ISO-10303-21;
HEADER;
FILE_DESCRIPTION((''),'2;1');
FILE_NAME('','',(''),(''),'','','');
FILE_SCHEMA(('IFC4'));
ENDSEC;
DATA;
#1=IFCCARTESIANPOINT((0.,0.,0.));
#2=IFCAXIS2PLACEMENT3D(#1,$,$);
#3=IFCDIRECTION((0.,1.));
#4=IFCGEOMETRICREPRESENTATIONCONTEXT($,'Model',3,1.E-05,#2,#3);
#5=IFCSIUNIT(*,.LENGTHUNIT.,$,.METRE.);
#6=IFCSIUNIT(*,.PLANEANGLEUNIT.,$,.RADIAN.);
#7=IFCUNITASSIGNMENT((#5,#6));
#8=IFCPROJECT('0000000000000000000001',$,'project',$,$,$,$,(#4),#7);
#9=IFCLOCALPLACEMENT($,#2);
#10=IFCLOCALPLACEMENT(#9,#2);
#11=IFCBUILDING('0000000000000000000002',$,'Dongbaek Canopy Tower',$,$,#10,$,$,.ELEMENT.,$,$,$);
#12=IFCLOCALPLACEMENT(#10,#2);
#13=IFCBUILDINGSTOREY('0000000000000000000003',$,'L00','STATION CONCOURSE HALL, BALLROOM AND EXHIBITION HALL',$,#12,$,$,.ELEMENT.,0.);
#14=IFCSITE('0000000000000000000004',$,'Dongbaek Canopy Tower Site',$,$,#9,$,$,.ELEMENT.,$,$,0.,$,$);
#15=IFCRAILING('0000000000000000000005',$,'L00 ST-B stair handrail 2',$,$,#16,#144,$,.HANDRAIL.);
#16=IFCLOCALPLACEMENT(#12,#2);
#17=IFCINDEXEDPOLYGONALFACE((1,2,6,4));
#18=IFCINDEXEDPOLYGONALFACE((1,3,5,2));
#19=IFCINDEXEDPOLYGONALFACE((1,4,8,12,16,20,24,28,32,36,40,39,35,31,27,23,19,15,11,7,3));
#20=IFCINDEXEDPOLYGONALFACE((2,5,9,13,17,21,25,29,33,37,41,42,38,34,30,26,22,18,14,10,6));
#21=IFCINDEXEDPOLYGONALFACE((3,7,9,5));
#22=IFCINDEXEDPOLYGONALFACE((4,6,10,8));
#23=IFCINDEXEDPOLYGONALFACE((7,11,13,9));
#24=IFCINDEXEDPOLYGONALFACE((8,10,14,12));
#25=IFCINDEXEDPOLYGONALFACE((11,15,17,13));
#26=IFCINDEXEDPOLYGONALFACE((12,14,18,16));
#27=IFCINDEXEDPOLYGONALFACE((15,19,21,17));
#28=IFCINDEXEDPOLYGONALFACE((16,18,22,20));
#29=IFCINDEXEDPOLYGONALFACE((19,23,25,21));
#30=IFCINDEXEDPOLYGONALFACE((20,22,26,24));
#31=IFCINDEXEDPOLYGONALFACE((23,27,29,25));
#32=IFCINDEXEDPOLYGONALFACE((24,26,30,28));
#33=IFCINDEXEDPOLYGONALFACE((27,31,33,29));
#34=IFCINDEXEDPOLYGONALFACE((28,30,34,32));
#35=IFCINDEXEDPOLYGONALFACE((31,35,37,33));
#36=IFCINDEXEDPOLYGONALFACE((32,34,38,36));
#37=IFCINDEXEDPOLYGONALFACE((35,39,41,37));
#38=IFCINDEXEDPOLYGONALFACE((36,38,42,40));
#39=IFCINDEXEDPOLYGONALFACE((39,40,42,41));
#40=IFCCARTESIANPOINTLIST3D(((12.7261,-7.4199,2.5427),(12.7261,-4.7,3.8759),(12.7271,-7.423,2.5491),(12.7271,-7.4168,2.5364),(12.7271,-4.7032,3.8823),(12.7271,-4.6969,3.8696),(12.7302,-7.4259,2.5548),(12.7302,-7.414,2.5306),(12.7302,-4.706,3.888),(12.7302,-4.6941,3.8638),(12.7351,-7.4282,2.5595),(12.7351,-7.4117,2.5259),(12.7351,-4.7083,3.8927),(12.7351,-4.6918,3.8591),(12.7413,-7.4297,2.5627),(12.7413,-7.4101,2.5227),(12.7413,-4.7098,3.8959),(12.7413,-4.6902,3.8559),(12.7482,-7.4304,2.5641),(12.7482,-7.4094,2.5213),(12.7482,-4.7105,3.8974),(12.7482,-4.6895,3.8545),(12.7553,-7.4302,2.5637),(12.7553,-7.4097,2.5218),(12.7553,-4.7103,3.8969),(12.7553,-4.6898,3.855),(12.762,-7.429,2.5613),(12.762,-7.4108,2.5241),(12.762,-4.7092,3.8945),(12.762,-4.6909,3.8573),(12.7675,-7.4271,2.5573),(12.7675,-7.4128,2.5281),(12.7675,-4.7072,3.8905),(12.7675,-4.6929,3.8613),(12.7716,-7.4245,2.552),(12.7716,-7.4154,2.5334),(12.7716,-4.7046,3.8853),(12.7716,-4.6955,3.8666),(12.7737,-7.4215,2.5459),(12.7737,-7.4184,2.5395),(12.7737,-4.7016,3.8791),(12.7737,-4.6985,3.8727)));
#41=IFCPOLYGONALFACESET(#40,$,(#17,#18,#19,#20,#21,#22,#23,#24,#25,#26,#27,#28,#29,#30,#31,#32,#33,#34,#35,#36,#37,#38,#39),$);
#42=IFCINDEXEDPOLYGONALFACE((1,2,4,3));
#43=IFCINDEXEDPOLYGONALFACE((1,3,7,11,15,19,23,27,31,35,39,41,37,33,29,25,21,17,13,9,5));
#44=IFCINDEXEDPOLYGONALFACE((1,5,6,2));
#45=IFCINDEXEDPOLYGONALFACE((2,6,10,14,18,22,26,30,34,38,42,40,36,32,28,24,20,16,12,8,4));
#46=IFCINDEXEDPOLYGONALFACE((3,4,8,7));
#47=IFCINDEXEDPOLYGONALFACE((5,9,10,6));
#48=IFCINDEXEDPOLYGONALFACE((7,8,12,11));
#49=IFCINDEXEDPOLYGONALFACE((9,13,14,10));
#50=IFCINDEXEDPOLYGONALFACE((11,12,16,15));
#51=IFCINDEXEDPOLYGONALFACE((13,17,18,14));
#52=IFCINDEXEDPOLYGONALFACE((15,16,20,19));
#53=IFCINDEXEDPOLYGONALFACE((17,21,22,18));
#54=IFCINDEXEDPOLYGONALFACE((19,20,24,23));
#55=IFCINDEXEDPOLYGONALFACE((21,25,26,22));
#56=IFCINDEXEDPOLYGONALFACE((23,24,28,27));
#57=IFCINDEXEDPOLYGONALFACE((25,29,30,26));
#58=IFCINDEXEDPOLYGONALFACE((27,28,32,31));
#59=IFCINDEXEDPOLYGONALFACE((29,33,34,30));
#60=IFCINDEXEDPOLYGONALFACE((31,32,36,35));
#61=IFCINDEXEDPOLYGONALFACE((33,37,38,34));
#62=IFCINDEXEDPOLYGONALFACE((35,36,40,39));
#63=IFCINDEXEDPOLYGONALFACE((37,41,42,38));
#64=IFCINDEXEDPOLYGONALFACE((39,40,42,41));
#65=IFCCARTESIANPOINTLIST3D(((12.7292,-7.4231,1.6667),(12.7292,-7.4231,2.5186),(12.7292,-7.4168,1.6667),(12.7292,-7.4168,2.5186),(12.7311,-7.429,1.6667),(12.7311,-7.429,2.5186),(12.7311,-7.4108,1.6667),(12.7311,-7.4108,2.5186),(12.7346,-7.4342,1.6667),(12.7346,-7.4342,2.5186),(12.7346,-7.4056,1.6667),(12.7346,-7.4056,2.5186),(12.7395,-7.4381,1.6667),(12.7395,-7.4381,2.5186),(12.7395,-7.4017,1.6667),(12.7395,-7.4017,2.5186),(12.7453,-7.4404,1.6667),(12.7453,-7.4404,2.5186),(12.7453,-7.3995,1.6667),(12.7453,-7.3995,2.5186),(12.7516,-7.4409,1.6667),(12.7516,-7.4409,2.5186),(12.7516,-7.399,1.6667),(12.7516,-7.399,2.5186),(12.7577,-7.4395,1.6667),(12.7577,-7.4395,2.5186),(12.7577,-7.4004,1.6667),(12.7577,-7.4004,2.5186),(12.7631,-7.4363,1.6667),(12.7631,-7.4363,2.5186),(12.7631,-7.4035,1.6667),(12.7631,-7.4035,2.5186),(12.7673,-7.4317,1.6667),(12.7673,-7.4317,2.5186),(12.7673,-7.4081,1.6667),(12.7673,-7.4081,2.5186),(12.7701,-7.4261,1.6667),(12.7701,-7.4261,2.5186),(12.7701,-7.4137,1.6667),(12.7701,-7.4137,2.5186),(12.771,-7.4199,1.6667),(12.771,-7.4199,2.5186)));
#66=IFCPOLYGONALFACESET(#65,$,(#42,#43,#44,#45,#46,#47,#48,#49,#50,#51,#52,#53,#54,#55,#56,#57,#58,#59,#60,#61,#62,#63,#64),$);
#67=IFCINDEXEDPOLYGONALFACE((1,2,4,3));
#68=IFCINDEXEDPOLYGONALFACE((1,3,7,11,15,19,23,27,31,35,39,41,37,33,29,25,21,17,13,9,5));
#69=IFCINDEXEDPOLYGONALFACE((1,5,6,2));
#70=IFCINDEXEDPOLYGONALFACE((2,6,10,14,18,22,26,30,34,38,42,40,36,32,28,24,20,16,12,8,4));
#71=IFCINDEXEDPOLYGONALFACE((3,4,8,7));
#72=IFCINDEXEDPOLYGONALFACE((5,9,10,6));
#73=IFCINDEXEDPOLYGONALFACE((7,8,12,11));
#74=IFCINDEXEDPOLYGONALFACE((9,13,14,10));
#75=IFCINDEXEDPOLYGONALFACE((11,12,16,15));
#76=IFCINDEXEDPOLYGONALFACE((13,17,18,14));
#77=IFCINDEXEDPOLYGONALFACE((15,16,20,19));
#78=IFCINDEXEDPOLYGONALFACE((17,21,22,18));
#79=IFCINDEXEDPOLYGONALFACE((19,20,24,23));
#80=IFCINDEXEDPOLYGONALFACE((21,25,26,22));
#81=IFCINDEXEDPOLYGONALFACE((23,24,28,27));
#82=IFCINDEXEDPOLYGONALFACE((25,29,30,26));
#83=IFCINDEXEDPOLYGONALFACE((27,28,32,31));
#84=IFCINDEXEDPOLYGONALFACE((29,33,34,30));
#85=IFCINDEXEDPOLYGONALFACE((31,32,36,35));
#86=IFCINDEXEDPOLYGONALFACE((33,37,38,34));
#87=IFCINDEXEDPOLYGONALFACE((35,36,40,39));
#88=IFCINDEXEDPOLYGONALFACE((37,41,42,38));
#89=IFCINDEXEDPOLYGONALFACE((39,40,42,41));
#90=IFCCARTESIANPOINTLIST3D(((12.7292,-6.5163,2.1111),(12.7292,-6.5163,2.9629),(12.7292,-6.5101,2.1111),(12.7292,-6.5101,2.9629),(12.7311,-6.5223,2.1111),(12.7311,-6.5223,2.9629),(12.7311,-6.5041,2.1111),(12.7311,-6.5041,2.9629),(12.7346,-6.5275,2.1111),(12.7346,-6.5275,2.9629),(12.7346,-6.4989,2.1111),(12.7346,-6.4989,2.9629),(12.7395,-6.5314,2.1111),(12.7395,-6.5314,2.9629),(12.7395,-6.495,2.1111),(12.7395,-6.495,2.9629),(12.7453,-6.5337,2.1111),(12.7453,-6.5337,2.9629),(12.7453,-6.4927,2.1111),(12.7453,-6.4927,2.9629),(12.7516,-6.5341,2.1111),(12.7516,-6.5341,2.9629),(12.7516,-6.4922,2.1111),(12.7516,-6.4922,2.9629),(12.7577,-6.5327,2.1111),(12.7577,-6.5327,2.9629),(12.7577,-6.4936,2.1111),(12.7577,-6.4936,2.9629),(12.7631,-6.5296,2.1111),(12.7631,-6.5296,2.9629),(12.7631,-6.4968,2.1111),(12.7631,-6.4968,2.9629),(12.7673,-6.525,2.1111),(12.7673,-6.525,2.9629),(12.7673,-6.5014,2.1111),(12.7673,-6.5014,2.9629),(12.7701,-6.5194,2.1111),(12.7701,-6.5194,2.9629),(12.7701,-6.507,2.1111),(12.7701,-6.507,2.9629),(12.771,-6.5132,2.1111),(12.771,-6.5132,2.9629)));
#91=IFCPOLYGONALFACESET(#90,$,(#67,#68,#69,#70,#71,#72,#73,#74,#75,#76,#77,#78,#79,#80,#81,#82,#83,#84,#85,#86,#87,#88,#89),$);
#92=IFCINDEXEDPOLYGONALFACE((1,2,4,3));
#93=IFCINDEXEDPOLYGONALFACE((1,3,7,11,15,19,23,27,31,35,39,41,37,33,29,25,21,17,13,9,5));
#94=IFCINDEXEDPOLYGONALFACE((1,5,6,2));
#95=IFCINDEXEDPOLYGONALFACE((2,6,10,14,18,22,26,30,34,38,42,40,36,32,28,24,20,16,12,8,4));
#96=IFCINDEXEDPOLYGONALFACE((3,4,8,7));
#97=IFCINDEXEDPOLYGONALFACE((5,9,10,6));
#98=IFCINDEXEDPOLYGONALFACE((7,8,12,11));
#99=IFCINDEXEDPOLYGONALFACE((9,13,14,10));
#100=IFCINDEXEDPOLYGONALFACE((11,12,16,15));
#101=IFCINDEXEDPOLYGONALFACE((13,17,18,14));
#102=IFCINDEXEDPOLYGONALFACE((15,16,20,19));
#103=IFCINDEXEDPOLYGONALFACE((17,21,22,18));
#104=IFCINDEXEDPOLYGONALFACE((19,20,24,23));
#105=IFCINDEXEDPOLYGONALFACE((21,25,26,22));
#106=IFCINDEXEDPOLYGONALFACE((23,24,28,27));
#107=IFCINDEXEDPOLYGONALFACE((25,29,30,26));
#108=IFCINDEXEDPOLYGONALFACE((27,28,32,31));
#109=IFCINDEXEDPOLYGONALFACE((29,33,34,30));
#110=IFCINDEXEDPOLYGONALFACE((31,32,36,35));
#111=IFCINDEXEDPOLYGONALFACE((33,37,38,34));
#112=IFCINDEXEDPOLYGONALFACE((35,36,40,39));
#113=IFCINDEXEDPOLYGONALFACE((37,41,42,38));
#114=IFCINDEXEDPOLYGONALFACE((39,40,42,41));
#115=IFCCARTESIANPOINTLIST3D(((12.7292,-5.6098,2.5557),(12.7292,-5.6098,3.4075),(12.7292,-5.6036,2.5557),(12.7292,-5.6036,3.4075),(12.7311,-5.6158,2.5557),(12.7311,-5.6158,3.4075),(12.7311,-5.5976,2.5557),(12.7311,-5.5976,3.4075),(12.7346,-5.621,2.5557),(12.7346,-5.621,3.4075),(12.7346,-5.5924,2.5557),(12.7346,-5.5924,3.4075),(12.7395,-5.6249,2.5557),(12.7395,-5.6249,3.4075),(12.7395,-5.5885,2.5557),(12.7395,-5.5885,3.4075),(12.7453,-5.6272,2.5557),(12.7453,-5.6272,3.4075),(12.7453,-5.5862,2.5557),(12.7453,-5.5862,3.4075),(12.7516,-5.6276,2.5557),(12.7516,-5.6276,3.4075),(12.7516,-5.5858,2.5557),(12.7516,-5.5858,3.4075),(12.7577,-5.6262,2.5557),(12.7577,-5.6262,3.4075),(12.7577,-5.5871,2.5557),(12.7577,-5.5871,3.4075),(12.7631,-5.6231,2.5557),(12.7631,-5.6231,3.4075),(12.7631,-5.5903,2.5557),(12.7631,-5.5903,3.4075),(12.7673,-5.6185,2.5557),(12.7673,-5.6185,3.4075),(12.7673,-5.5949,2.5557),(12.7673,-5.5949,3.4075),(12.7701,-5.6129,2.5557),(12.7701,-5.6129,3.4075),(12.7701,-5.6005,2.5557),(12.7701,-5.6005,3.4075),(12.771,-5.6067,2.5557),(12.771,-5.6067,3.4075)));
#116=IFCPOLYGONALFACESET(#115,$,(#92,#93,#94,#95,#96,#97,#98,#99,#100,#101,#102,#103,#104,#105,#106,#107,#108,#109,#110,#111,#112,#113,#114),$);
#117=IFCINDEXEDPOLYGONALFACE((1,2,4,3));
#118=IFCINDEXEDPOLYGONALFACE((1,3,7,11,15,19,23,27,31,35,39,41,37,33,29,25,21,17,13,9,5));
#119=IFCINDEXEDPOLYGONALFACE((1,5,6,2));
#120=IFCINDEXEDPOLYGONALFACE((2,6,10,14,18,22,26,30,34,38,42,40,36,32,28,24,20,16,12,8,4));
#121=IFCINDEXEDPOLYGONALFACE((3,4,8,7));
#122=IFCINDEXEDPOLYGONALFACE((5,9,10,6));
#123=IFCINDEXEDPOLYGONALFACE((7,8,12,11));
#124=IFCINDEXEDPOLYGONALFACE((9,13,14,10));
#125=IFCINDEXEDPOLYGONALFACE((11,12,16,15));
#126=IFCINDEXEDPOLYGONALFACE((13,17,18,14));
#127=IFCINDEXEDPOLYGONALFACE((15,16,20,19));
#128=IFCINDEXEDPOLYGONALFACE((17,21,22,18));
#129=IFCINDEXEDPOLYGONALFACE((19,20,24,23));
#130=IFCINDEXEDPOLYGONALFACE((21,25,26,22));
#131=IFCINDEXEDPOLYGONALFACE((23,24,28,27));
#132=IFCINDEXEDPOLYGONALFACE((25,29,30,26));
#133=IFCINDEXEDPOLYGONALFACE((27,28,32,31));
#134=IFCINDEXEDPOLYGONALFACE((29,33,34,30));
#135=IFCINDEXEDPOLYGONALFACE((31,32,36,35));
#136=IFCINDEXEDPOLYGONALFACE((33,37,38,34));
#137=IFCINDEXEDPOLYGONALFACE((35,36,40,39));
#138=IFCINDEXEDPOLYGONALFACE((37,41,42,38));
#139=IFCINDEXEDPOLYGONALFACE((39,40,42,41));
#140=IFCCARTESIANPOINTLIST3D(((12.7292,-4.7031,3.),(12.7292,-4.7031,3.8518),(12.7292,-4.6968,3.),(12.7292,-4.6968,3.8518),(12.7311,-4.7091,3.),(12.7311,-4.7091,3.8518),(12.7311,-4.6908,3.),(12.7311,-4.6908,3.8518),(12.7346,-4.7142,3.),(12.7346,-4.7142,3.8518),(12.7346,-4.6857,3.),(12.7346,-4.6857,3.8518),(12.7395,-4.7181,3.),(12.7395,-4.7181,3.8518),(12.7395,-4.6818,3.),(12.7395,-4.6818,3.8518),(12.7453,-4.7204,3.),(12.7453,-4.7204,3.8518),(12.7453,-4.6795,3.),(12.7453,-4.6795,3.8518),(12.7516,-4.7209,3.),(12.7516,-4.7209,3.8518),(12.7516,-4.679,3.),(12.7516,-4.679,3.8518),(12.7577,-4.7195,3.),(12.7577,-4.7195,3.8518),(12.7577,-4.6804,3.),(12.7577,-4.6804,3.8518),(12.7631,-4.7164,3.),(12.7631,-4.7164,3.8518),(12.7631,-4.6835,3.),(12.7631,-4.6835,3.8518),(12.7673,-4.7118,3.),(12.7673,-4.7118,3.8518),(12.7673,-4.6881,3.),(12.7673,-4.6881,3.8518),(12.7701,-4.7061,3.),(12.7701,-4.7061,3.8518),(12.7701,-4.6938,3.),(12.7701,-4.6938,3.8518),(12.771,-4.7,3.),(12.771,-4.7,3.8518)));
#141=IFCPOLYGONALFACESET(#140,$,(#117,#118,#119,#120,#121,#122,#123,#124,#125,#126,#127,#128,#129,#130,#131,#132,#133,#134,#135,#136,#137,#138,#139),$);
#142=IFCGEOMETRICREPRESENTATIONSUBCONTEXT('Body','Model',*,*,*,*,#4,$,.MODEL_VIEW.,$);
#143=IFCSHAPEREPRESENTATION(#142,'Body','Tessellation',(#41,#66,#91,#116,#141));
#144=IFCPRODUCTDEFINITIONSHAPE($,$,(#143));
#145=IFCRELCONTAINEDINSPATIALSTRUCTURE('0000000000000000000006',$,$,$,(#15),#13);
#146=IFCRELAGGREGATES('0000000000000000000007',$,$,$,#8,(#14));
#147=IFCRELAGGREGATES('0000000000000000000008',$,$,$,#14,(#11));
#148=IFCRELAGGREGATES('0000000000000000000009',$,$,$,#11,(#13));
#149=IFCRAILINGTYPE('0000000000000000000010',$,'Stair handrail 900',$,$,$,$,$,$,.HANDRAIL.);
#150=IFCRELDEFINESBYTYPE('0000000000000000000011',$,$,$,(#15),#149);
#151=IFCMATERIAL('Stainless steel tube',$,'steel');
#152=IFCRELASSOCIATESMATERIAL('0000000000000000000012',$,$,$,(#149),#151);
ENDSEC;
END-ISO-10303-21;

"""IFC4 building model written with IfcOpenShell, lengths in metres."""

from ifc_helpers import new_model, si_unit, direction, frame, origin, origin_2d, place, context, subcontext, project, spatial, circle, extrude, material, type_object, element, save


model = new_model("IFC4")

# Units and contexts
model_context = context("Model", 3, precision=1e-05, world=origin(), true_north=direction((0.0, 1.0)))
body_context = subcontext(model_context, "Body", "Model", "MODEL_VIEW")
ifc_project = project(units=[si_unit("LENGTHUNIT", "METRE"), si_unit("PLANEANGLEUNIT", "RADIAN")], contexts=[model_context])

# Site, building, storey
site_placement = place(None, origin())
site = spatial("IfcSite", under=ifc_project, at=site_placement, Name="Dongbaek Canopy Tower Site", CompositionType="ELEMENT", RefElevation=0.0)
building_placement = place(site_placement, origin())
building = spatial("IfcBuilding", under=site, at=building_placement, Name="Dongbaek Canopy Tower", CompositionType="ELEMENT")
storey_placement = place(building_placement, origin())
storey = spatial("IfcBuildingStorey", under=building, at=storey_placement, Name="L00", Description="STATION CONCOURSE HALL, BALLROOM AND EXHIBITION HALL", CompositionType="ELEMENT", Elevation=0.0)

# Railing
ifc_material_1 = material(Name="Stainless steel tube", Category="steel")
railing_type_1 = type_object("IfcRailingType", Name="Stair handrail 900", PredefinedType="HANDRAIL", material=ifc_material_1)
for number, where, name in (
    (1, (12.75, -7.4199, 1.6667), "L00 ST-B stair handrail 2"),
):
    element("IfcRailing", number, at=place(storey_placement, frame(where)), inside=storey, type_object=railing_type_1, Name=name, PredefinedType="HANDRAIL", context=body_context, shape_type="SweptSolid", body=[
        extrude(circle(Radius=0.0239, at=origin_2d()), frame((0.0, 0.0, 0.876), z_axis=(0.0, 0.897929, 0.440139), x_axis=(-1.0, 0.0, 0.0)), (0.0, 0.0, 1.0), 3.0291),
        extrude(circle(Radius=0.021, at=origin_2d()), origin(), (0.0, 0.0, 1.0), 0.8518),
        extrude(circle(Radius=0.021, at=origin_2d()), frame((0.0, 0.9067, 0.4443)), (0.0, 0.0, 1.0), 0.8518),
        extrude(circle(Radius=0.021, at=origin_2d()), frame((0.0, 1.8132, 0.8889)), (0.0, 0.0, 1.0), 0.8518),
        extrude(circle(Radius=0.021, at=origin_2d()), frame((0.0, 2.72, 1.3333)), (0.0, 0.0, 1.0), 0.8518),
    ])

save(model, "model.ifc")
